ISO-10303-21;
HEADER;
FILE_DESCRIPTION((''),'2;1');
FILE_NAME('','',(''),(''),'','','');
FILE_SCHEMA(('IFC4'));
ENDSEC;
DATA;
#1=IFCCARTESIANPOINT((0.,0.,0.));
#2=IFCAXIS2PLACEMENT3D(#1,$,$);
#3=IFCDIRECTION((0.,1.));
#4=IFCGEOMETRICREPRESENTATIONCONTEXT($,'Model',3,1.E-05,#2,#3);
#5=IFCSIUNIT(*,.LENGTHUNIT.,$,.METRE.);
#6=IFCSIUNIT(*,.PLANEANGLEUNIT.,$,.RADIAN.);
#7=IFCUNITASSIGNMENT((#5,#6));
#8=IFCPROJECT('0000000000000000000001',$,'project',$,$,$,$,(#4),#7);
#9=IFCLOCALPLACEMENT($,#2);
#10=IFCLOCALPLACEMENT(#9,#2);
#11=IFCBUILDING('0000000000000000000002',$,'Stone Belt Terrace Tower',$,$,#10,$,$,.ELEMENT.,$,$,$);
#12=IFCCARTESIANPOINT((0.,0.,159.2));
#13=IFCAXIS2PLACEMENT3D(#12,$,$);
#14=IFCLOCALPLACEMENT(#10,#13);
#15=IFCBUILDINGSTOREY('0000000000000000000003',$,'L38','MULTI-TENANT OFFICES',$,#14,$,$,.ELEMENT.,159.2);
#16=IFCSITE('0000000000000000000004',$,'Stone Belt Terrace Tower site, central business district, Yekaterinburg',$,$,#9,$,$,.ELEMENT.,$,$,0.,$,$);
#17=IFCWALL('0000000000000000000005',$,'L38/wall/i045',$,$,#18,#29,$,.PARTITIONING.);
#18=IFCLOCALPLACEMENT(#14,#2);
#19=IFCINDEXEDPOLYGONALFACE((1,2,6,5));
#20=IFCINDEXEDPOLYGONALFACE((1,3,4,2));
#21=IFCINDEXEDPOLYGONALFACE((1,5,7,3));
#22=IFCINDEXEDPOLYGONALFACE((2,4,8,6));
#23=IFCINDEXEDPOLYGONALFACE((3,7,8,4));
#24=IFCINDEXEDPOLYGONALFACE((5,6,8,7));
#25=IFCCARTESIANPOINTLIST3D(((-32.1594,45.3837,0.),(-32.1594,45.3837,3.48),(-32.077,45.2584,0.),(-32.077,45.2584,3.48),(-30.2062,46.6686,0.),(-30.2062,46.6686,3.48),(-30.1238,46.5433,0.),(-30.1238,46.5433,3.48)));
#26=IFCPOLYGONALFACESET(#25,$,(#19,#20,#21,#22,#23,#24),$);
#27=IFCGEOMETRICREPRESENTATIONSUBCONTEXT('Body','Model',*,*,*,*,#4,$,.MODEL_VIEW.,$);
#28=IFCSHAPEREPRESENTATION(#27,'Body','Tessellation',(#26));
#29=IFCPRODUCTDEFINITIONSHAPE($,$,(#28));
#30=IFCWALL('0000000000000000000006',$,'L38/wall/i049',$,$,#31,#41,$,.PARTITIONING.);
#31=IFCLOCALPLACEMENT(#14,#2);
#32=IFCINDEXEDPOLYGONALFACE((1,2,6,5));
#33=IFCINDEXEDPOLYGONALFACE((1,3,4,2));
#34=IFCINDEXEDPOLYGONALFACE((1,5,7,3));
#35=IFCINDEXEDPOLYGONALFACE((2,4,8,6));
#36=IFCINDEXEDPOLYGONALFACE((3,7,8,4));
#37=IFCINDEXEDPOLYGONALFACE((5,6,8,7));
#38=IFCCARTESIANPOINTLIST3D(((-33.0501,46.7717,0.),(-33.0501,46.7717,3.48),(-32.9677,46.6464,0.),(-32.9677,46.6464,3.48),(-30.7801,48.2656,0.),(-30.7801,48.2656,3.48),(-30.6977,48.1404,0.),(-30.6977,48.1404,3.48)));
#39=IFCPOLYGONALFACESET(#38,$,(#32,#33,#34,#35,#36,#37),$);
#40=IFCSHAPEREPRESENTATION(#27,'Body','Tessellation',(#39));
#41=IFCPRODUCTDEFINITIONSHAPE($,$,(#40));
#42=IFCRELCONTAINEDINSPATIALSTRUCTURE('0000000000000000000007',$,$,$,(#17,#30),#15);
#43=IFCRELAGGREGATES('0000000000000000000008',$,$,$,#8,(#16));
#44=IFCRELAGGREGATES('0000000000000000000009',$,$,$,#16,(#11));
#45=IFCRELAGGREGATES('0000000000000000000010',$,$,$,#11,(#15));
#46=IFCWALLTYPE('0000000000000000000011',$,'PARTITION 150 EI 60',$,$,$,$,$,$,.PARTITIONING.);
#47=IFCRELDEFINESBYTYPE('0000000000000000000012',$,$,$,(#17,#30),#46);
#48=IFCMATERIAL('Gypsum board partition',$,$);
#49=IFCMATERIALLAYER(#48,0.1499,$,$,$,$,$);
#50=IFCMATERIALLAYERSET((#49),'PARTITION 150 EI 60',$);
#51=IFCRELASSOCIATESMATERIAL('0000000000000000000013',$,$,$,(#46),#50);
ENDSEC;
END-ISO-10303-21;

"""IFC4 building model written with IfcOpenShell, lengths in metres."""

from ifc_helpers import new_model, si_unit, direction, frame, frame_2d, origin, place, context, subcontext, project, spatial, rectangle, extrude, material, layer, layer_set, type_object, element, save


model = new_model("IFC4")

# Units and contexts
model_context = context("Model", 3, precision=1e-05, world=origin(), true_north=direction((0.0, 1.0)))
body_context = subcontext(model_context, "Body", "Model", "MODEL_VIEW")
ifc_project = project(units=[si_unit("LENGTHUNIT", "METRE"), si_unit("PLANEANGLEUNIT", "RADIAN")], contexts=[model_context])

# Site, building, storey
site_placement = place(None, origin())
site = spatial("IfcSite", under=ifc_project, at=site_placement, Name="Stone Belt Terrace Tower site, central business district, Yekaterinburg", CompositionType="ELEMENT", RefElevation=0.0)
building_placement = place(site_placement, origin())
building = spatial("IfcBuilding", under=site, at=building_placement, Name="Stone Belt Terrace Tower", CompositionType="ELEMENT")
storey_placement = place(building_placement, frame((0.0, 0.0, 159.2)))
storey = spatial("IfcBuildingStorey", under=building, at=storey_placement, Name="L38", Description="MULTI-TENANT OFFICES", CompositionType="ELEMENT", Elevation=159.2)

# Shared definitions
ifc_material_1 = material(Name="Gypsum board partition")

# Shared definitions
ifc_layer_1 = layer(ifc_material_1, 0.1499)
ifc_layer_set_1 = layer_set([ifc_layer_1], Name="PARTITION 150 EI 60")
wall_type_1 = type_object("IfcWallType", Name="PARTITION 150 EI 60", PredefinedType="PARTITIONING", material=ifc_layer_set_1)

# Walls
wall_1_placement = place(storey_placement, frame((-30.165, 46.606, 0.0), z_axis=(0.0, 0.0, 1.0), x_axis=(-0.835425, -0.549605, 0.0)))
element("IfcWall", 1, at=wall_1_placement, inside=storey, type_object=wall_type_1, Name="L38/wall/i045", PredefinedType="PARTITIONING", context=body_context, shape_type="SweptSolid", body=[
    extrude(rectangle(XDim=2.3379, YDim=0.1499, at=frame_2d((1.1689, 0.0))), origin(), (0.0, 0.0, 1.0), 3.48),
])
wall_2_placement = place(storey_placement, frame((-33.009, 46.709, 0.0), z_axis=(0.0, 0.0, 1.0), x_axis=(0.835339, 0.549735, 0.0)))
element("IfcWall", 2, at=wall_2_placement, inside=storey, type_object=wall_type_1, Name="L38/wall/i049", PredefinedType="PARTITIONING", context=body_context, shape_type="SweptSolid", body=[
    extrude(rectangle(XDim=2.7175, YDim=0.1499, at=frame_2d((1.3589, 0.0))), origin(), (0.0, 0.0, 1.0), 3.48),
])

save(model, "model.ifc")
